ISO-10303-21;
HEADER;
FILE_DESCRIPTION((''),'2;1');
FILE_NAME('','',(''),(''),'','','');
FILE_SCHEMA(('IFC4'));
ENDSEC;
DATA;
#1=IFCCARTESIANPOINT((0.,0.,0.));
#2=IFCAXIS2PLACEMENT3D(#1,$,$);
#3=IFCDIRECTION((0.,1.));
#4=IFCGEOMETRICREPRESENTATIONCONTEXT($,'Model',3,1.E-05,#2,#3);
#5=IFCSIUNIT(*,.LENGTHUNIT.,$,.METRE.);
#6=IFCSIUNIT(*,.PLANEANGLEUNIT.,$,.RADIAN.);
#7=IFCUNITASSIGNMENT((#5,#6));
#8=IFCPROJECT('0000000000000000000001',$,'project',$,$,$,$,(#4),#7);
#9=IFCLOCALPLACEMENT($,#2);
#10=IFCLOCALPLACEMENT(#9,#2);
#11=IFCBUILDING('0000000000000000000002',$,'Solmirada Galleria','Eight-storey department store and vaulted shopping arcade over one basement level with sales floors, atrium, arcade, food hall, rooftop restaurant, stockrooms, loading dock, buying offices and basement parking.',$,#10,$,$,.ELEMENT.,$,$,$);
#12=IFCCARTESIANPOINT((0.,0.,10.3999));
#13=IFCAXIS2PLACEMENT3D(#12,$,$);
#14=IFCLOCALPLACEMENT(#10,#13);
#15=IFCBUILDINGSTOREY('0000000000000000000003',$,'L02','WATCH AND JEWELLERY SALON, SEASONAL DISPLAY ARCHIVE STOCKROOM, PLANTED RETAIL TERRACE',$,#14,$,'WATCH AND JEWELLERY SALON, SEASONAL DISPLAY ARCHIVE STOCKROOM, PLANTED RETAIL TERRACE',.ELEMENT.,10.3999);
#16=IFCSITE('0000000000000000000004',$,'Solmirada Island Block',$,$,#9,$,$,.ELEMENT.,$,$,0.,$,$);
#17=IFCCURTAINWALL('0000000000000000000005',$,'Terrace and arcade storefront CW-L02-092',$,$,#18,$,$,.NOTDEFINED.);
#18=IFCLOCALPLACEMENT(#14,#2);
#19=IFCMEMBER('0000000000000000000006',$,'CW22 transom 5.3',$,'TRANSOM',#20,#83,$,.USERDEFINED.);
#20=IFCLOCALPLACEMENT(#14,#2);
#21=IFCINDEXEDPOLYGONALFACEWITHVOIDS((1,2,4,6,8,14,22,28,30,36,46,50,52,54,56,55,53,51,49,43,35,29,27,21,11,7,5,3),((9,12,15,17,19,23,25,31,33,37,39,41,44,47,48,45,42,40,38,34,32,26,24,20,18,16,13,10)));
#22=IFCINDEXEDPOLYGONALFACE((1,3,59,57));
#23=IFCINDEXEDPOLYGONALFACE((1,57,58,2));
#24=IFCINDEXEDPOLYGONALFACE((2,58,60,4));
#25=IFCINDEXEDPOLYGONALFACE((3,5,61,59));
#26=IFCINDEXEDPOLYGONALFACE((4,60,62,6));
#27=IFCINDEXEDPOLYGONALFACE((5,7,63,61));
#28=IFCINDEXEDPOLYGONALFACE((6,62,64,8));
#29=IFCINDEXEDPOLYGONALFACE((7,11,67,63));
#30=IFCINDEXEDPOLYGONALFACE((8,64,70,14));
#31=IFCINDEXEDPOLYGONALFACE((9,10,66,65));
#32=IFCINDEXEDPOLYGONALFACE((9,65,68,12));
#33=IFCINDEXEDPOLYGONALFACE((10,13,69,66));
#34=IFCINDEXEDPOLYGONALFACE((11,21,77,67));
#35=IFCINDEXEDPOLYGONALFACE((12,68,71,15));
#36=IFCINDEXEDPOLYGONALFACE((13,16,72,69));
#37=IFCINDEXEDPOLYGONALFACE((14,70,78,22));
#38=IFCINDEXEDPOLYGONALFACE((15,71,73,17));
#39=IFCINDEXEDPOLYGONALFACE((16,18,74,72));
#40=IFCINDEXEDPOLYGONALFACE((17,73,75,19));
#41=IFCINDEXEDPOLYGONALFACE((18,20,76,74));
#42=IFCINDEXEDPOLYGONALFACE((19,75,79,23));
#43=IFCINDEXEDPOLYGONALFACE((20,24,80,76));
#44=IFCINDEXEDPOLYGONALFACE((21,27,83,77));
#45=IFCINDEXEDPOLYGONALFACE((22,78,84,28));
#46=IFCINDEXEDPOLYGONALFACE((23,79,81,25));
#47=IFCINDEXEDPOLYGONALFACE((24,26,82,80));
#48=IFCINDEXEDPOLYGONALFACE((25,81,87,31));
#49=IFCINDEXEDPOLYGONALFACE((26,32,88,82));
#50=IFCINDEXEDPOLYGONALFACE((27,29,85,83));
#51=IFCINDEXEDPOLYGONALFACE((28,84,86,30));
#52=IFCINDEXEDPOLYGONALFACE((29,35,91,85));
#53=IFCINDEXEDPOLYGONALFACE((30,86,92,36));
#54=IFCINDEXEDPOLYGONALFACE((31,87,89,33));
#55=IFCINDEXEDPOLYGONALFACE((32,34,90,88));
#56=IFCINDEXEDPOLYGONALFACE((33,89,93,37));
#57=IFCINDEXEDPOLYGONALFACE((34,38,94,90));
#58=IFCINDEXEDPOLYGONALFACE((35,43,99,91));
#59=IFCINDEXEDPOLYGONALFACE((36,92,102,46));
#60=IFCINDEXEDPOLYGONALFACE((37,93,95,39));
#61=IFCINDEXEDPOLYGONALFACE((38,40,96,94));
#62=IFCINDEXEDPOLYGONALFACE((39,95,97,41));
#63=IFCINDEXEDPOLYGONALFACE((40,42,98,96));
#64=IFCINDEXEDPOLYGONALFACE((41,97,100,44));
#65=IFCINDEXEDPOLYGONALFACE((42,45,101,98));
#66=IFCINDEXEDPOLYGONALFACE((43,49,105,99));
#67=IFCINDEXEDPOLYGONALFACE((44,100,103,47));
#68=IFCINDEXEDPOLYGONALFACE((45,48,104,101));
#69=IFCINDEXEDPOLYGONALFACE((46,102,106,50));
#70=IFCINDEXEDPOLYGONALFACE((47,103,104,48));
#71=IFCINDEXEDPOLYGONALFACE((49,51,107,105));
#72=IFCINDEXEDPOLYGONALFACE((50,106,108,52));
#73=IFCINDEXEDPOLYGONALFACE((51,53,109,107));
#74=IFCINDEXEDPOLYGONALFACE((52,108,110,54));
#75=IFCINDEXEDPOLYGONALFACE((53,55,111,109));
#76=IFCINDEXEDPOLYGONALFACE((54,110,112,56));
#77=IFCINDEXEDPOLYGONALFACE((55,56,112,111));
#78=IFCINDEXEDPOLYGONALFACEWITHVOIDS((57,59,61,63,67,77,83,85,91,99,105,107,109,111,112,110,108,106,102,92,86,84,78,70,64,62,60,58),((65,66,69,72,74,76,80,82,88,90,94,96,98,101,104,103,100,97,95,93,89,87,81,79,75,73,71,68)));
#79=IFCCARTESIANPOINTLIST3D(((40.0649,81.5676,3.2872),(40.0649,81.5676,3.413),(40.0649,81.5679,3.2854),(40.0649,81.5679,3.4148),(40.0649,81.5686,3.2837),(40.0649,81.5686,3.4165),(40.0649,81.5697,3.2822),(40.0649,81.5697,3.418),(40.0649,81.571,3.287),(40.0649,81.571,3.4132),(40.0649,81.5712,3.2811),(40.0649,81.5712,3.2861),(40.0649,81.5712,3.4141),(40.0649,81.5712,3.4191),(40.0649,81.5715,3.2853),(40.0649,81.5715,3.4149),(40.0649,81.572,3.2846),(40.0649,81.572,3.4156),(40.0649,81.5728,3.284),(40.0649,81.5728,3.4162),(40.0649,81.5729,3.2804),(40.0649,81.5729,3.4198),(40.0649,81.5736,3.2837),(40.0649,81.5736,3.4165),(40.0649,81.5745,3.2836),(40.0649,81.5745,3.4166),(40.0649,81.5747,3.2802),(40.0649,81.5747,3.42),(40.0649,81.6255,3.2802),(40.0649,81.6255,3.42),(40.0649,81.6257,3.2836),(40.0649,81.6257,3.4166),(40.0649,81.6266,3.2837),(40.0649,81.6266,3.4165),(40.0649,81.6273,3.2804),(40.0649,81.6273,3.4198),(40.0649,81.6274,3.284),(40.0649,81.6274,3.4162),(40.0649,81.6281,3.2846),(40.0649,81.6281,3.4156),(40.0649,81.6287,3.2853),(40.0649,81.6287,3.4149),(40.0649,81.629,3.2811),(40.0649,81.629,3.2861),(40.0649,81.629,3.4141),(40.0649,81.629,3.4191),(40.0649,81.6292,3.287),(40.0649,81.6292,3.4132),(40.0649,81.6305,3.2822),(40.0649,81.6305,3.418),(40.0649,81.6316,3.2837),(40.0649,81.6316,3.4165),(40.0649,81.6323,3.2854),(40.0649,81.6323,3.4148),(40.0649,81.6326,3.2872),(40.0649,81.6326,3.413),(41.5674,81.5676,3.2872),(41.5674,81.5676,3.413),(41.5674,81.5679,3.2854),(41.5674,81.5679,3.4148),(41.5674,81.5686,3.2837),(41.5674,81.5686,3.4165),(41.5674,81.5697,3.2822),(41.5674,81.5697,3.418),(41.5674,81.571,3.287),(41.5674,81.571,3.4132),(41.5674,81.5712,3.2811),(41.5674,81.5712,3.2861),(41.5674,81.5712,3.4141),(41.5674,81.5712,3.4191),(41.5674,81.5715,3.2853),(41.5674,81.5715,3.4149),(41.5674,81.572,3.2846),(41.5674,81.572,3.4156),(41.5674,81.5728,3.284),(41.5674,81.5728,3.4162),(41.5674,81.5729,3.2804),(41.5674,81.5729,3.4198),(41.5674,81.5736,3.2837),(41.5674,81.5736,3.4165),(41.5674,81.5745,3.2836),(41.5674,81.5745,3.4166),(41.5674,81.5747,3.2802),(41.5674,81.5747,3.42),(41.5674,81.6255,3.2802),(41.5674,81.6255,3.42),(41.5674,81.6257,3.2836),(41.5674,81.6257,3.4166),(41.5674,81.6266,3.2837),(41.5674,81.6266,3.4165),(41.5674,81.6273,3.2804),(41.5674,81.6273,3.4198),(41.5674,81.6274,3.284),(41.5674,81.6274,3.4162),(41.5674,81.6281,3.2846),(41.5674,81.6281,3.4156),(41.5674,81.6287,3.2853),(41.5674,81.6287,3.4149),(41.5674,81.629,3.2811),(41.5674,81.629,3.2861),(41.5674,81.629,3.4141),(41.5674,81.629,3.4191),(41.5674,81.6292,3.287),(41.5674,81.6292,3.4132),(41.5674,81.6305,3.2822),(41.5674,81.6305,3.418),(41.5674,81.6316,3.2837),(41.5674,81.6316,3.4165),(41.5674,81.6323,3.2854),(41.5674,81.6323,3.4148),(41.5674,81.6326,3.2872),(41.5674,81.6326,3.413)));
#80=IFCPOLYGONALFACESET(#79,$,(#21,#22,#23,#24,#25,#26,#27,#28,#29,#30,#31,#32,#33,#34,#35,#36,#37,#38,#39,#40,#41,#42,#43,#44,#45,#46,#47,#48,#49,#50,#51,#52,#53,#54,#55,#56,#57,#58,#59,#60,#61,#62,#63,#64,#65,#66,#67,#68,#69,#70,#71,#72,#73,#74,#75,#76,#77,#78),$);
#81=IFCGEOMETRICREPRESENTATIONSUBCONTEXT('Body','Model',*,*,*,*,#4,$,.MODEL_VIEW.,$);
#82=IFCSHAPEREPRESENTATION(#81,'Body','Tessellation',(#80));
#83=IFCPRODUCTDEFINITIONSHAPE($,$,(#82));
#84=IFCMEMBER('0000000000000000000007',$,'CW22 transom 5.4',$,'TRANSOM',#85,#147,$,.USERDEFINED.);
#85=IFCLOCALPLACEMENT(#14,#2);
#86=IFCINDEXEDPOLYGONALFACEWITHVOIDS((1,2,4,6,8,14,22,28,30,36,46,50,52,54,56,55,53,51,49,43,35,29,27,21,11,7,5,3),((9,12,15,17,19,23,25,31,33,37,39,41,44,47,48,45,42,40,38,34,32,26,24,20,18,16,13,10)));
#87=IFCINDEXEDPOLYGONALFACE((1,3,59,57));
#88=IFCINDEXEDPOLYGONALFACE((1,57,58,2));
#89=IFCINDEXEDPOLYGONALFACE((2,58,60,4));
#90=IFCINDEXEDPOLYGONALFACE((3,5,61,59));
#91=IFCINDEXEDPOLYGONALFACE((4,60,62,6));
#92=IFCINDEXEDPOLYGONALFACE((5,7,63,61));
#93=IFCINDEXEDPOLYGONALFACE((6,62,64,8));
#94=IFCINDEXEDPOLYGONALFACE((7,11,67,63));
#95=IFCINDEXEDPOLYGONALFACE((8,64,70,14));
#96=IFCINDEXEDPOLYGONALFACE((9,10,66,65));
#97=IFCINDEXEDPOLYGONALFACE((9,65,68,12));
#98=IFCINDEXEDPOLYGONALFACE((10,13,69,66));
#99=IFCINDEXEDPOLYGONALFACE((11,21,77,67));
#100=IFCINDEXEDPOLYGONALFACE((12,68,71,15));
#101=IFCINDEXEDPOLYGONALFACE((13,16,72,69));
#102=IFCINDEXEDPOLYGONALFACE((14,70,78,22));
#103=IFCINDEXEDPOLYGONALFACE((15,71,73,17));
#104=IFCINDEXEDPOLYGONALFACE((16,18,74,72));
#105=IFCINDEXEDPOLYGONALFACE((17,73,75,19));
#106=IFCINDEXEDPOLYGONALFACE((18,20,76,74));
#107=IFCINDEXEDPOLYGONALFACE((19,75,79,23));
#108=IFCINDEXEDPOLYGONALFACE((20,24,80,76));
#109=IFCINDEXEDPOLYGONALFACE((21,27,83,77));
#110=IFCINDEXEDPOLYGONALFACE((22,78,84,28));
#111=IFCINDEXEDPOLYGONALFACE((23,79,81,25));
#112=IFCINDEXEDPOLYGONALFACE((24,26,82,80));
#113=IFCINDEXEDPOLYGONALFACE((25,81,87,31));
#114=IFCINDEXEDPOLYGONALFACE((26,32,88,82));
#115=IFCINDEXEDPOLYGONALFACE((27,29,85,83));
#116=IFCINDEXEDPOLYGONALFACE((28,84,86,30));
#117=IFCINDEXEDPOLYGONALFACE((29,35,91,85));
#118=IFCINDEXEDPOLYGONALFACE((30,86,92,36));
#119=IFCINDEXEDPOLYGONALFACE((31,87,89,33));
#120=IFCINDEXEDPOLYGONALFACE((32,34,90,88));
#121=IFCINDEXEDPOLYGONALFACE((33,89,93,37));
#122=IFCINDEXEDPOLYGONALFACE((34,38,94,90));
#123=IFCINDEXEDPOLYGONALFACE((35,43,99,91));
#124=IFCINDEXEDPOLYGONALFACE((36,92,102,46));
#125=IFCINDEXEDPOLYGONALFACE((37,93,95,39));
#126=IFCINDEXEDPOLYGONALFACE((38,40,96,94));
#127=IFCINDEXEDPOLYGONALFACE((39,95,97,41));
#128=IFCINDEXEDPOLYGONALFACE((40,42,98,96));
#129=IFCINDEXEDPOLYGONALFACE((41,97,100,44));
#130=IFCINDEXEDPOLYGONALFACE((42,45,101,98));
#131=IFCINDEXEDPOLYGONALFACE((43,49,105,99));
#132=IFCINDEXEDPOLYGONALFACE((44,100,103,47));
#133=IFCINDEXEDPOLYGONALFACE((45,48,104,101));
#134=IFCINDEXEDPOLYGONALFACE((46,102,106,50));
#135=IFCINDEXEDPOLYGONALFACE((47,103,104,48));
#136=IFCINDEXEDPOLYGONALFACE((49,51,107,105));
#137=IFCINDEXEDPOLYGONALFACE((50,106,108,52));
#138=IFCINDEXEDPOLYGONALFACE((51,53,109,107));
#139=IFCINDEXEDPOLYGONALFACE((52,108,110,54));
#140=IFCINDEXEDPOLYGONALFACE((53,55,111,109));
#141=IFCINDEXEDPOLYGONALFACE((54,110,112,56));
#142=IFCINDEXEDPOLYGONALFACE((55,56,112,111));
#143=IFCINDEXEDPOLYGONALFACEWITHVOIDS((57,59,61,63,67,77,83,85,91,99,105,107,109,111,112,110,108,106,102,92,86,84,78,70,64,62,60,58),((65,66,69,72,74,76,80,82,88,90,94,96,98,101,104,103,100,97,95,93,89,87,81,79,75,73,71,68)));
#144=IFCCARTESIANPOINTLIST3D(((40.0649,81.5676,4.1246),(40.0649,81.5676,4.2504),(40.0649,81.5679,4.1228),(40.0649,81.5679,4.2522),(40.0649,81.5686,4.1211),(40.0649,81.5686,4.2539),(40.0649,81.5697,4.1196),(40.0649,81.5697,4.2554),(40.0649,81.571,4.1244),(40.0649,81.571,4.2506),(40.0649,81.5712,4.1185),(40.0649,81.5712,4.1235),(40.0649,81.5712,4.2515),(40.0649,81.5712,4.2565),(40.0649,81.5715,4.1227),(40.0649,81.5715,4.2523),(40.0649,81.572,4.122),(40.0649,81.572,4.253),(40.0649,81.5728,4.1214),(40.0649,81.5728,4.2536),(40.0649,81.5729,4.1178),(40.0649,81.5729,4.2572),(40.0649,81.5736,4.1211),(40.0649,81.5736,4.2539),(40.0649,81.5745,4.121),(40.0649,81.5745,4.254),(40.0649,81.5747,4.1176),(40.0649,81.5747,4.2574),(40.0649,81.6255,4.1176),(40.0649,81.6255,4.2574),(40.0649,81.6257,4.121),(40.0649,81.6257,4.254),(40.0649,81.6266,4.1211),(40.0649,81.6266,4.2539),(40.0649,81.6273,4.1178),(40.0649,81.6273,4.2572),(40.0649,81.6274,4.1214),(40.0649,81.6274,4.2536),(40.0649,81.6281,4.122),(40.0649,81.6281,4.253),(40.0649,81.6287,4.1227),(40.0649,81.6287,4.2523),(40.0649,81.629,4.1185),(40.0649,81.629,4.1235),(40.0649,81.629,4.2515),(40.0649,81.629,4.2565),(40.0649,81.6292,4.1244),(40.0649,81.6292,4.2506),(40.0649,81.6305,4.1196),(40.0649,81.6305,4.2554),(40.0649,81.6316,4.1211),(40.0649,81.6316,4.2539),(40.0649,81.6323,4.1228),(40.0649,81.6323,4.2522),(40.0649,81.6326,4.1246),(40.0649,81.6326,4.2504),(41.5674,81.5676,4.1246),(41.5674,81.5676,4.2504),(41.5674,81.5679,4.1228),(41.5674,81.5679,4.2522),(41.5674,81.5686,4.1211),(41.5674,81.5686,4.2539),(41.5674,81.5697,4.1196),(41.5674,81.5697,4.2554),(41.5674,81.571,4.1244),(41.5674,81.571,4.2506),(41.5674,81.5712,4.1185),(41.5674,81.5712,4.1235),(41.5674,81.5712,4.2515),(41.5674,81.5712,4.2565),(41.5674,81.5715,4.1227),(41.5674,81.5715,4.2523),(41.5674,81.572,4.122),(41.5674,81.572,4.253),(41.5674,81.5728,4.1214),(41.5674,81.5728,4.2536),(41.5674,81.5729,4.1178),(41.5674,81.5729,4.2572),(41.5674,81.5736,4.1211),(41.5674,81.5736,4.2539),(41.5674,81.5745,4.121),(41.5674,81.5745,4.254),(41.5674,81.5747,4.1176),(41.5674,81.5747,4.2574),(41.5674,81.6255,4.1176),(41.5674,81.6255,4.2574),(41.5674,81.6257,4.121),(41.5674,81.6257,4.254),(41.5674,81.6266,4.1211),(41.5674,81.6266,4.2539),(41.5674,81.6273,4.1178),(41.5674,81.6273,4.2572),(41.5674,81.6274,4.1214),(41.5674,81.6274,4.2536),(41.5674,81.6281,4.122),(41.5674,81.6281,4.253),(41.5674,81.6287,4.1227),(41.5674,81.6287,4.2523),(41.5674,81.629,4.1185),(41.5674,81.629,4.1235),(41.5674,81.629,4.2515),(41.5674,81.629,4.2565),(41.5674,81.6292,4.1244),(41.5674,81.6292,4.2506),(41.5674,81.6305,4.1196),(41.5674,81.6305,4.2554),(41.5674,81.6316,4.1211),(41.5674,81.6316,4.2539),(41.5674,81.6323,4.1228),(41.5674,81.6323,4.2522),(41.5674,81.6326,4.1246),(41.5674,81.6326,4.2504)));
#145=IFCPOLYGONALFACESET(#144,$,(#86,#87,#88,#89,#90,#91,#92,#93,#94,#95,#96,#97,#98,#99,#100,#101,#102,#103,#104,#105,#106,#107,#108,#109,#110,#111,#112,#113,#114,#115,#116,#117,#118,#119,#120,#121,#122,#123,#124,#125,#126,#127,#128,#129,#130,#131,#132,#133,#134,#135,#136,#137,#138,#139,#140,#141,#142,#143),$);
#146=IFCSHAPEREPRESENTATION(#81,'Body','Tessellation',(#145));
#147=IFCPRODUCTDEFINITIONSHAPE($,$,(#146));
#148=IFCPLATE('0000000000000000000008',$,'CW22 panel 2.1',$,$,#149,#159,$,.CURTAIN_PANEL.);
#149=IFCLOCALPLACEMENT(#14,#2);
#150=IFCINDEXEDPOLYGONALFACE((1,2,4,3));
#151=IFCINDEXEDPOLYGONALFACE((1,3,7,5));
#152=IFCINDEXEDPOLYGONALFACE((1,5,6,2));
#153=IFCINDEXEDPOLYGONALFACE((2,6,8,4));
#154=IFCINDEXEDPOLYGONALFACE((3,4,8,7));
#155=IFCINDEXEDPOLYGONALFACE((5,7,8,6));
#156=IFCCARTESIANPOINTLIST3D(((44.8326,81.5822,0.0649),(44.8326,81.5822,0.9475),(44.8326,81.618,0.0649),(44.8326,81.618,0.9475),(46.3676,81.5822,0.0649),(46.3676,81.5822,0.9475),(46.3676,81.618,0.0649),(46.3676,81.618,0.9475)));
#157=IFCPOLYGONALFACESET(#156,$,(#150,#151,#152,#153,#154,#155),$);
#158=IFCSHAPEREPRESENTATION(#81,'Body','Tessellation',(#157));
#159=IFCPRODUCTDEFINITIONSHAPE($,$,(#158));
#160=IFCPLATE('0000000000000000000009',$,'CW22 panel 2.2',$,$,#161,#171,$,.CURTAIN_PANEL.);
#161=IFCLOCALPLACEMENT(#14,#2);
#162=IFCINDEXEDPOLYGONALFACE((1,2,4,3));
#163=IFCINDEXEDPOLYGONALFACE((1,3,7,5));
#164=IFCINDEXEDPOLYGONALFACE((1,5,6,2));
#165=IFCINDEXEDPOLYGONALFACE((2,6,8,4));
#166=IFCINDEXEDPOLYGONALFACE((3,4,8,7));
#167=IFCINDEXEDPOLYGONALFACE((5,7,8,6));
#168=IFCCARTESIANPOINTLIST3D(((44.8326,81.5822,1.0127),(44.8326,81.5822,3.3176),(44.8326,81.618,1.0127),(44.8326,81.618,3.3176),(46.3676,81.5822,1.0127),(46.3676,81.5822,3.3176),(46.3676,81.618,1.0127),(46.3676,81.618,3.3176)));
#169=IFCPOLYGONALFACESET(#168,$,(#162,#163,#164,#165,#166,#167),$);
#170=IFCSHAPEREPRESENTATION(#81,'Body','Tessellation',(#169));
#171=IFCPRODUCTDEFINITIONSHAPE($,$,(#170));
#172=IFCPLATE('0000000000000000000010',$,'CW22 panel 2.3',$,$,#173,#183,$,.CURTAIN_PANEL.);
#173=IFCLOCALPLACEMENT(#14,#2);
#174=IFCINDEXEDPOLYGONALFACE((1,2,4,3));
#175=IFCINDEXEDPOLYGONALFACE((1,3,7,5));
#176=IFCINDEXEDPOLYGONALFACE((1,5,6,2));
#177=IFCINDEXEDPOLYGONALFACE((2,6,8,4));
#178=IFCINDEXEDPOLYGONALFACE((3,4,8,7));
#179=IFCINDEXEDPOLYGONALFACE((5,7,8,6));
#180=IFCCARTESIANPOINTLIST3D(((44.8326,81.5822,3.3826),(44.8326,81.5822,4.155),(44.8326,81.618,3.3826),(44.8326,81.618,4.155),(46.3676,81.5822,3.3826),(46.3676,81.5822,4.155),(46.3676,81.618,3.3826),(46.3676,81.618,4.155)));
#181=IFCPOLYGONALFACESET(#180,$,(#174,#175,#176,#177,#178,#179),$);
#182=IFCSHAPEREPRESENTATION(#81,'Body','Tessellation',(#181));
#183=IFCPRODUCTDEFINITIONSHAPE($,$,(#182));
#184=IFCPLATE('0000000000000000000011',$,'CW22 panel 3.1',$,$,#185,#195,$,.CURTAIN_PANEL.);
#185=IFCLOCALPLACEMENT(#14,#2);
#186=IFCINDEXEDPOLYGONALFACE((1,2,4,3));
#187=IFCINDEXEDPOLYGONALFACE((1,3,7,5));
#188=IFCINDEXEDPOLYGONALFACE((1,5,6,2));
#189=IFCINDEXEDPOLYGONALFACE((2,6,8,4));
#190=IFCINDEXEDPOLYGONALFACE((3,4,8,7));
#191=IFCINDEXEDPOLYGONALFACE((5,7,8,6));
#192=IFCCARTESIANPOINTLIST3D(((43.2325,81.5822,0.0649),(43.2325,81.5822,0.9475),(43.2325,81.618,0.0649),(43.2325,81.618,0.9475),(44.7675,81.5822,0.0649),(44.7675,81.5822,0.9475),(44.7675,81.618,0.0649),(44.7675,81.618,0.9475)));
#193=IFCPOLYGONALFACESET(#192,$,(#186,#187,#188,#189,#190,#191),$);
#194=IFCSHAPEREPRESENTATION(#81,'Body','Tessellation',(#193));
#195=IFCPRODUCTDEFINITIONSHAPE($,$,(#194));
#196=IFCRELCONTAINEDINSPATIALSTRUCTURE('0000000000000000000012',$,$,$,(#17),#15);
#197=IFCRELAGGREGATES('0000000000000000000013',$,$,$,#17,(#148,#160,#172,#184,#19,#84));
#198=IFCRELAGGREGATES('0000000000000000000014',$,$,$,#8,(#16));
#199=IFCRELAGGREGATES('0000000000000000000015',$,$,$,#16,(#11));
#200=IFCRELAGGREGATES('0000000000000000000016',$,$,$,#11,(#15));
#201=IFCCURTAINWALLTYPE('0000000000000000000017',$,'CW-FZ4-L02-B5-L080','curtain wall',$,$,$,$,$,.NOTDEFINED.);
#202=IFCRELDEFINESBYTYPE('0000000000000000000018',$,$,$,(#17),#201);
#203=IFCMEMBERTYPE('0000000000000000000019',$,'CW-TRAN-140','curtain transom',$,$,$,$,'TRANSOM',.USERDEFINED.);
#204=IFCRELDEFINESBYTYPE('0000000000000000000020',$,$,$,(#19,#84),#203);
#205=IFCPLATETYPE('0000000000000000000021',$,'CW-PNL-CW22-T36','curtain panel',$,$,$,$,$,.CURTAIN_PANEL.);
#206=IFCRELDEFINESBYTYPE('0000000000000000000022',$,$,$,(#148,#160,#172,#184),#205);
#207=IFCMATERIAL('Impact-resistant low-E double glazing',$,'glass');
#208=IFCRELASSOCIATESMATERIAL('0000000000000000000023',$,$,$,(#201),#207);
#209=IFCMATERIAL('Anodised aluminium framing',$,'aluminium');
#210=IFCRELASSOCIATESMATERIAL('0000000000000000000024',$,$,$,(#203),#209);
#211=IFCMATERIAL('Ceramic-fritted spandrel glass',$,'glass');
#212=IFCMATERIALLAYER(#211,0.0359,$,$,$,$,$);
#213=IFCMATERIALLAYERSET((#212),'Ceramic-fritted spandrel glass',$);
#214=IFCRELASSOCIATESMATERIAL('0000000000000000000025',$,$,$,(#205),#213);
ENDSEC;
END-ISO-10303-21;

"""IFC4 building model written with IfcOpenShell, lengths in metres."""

from ifc_helpers import new_model, si_unit, direction, frame, origin, origin_2d, place, context, subcontext, project, spatial, rectangle, hollow_rectangle, extrude, material, layer, layer_set, material_profile, profile_set, type_object, element, aggregate, save


model = new_model("IFC4")

# Units and contexts
model_context = context("Model", 3, precision=1e-05, world=origin(), true_north=direction((0.0, 1.0)))
body_context = subcontext(model_context, "Body", "Model", "MODEL_VIEW")
ifc_project = project(units=[si_unit("LENGTHUNIT", "METRE"), si_unit("PLANEANGLEUNIT", "RADIAN")], contexts=[model_context])

# Site, building, storey
site_placement = place(None, origin())
site = spatial("IfcSite", under=ifc_project, at=site_placement, Name="Solmirada Island Block", CompositionType="ELEMENT", RefElevation=0.0)
building_placement = place(site_placement, origin())
building = spatial("IfcBuilding", under=site, at=building_placement, Name="Solmirada Galleria", Description="Eight-storey department store and vaulted shopping arcade over one basement level with sales floors, atrium, arcade, food hall, rooftop restaurant, stockrooms, loading dock, buying offices and basement parking.", CompositionType="ELEMENT")
storey_placement = place(building_placement, frame((0.0, 0.0, 10.3999)))
storey = spatial("IfcBuildingStorey", under=building, at=storey_placement, Name="L02", Description="WATCH AND JEWELLERY SALON, SEASONAL DISPLAY ARCHIVE STOCKROOM, PLANTED RETAIL TERRACE", LongName="WATCH AND JEWELLERY SALON, SEASONAL DISPLAY ARCHIVE STOCKROOM, PLANTED RETAIL TERRACE", CompositionType="ELEMENT", Elevation=10.3999)

# Curtain wall, members, plates
ifc_material_1 = material(Name="Impact-resistant low-E double glazing", Category="glass")
curtain_wall_type = type_object("IfcCurtainWallType", Name="CW-FZ4-L02-B5-L080", Description="curtain wall", PredefinedType="NOTDEFINED", material=ifc_material_1)
curtain_wall_placement = place(storey_placement, origin())
curtain_wall = element("IfcCurtainWall", 1, at=curtain_wall_placement, inside=storey, type_object=curtain_wall_type, Name="Terrace and arcade storefront CW-L02-092", PredefinedType="NOTDEFINED")
ifc_material_2 = material(Name="Anodised aluminium framing", Category="aluminium")
ifc_material_profile_1 = material_profile(ifc_material_2, hollow_rectangle(XDim=0.0649, YDim=0.1399, WallThickness=0.0034, InnerFilletRadius=0.0034, OuterFilletRadius=0.0071, at=origin_2d()), Name="ALU-TRAN-140X65")
ifc_profile_set_1 = profile_set([ifc_material_profile_1], Name="Anodised aluminium framing")
member_type_1 = type_object("IfcMemberType", Name="CW-TRAN-140", Description="curtain transom", ElementType="TRANSOM", PredefinedType="USERDEFINED", material=ifc_profile_set_1)
member_1_placement = place(storey_placement, frame((41.5674, 81.6001, 3.3501), z_axis=(-1.0, 0.0, 0.0), x_axis=(0.0, -1.0, 0.0)))
member_1 = element("IfcMember", 2, at=member_1_placement, type_object=member_type_1, Name="CW22 transom 5.3", ObjectType="TRANSOM", PredefinedType="USERDEFINED", context=body_context, shape_type="SweptSolid", body=[
    extrude(hollow_rectangle(XDim=0.0649, YDim=0.1399, WallThickness=0.0034, InnerFilletRadius=0.0034, OuterFilletRadius=0.0071, at=origin_2d()), origin(), (0.0, 0.0, 1.0), 1.5024),
])
member_2_placement = place(storey_placement, frame((41.5674, 81.6001, 4.1875), z_axis=(-1.0, 0.0, 0.0), x_axis=(0.0, -1.0, 0.0)))
member_2 = element("IfcMember", 3, at=member_2_placement, type_object=member_type_1, Name="CW22 transom 5.4", ObjectType="TRANSOM", PredefinedType="USERDEFINED", context=body_context, shape_type="SweptSolid", body=[
    extrude(hollow_rectangle(XDim=0.0649, YDim=0.1399, WallThickness=0.0034, InnerFilletRadius=0.0034, OuterFilletRadius=0.0071, at=origin_2d()), origin(), (0.0, 0.0, 1.0), 1.5024),
])
ifc_material_3 = material(Name="Ceramic-fritted spandrel glass", Category="glass")
ifc_layer_1 = layer(ifc_material_3, 0.0359)
ifc_layer_set_1 = layer_set([ifc_layer_1], Name="Ceramic-fritted spandrel glass")
plate_type = type_object("IfcPlateType", Name="CW-PNL-CW22-T36", Description="curtain panel", PredefinedType="CURTAIN_PANEL", material=ifc_layer_set_1)
plate_1_placement = place(storey_placement, frame((45.6001, 81.6001, 0.0649), z_axis=(0.0, 0.0, 1.0), x_axis=(-1.0, 0.0, 0.0)))
plate_1 = element("IfcPlate", 4, at=plate_1_placement, type_object=plate_type, Name="CW22 panel 2.1", PredefinedType="CURTAIN_PANEL", context=body_context, shape_type="SweptSolid", body=[
    extrude(rectangle(XDim=1.5349, YDim=0.0359, at=origin_2d()), origin(), (0.0, 0.0, 1.0), 0.8826),
])
plate_2_placement = place(storey_placement, frame((45.6001, 81.6001, 1.0127), z_axis=(0.0, 0.0, 1.0), x_axis=(-1.0, 0.0, 0.0)))
plate_2 = element("IfcPlate", 5, at=plate_2_placement, type_object=plate_type, Name="CW22 panel 2.2", PredefinedType="CURTAIN_PANEL", context=body_context, shape_type="SweptSolid", body=[
    extrude(rectangle(XDim=1.5349, YDim=0.0359, at=origin_2d()), origin(), (0.0, 0.0, 1.0), 2.3049),
])
plate_3_placement = place(storey_placement, frame((45.6001, 81.6001, 3.3826), z_axis=(0.0, 0.0, 1.0), x_axis=(-1.0, 0.0, 0.0)))
plate_3 = element("IfcPlate", 6, at=plate_3_placement, type_object=plate_type, Name="CW22 panel 2.3", PredefinedType="CURTAIN_PANEL", context=body_context, shape_type="SweptSolid", body=[
    extrude(rectangle(XDim=1.5349, YDim=0.0359, at=origin_2d()), origin(), (0.0, 0.0, 1.0), 0.7725),
])
plate_4_placement = place(storey_placement, frame((44.0, 81.6001, 0.0649), z_axis=(0.0, 0.0, 1.0), x_axis=(-1.0, 0.0, 0.0)))
plate_4 = element("IfcPlate", 7, at=plate_4_placement, type_object=plate_type, Name="CW22 panel 3.1", PredefinedType="CURTAIN_PANEL", context=body_context, shape_type="SweptSolid", body=[
    extrude(rectangle(XDim=1.5349, YDim=0.0359, at=origin_2d()), origin(), (0.0, 0.0, 1.0), 0.8826),
])
aggregate(curtain_wall, [plate_1, plate_2, plate_3, plate_4, member_1, member_2])

save(model, "model.ifc")
